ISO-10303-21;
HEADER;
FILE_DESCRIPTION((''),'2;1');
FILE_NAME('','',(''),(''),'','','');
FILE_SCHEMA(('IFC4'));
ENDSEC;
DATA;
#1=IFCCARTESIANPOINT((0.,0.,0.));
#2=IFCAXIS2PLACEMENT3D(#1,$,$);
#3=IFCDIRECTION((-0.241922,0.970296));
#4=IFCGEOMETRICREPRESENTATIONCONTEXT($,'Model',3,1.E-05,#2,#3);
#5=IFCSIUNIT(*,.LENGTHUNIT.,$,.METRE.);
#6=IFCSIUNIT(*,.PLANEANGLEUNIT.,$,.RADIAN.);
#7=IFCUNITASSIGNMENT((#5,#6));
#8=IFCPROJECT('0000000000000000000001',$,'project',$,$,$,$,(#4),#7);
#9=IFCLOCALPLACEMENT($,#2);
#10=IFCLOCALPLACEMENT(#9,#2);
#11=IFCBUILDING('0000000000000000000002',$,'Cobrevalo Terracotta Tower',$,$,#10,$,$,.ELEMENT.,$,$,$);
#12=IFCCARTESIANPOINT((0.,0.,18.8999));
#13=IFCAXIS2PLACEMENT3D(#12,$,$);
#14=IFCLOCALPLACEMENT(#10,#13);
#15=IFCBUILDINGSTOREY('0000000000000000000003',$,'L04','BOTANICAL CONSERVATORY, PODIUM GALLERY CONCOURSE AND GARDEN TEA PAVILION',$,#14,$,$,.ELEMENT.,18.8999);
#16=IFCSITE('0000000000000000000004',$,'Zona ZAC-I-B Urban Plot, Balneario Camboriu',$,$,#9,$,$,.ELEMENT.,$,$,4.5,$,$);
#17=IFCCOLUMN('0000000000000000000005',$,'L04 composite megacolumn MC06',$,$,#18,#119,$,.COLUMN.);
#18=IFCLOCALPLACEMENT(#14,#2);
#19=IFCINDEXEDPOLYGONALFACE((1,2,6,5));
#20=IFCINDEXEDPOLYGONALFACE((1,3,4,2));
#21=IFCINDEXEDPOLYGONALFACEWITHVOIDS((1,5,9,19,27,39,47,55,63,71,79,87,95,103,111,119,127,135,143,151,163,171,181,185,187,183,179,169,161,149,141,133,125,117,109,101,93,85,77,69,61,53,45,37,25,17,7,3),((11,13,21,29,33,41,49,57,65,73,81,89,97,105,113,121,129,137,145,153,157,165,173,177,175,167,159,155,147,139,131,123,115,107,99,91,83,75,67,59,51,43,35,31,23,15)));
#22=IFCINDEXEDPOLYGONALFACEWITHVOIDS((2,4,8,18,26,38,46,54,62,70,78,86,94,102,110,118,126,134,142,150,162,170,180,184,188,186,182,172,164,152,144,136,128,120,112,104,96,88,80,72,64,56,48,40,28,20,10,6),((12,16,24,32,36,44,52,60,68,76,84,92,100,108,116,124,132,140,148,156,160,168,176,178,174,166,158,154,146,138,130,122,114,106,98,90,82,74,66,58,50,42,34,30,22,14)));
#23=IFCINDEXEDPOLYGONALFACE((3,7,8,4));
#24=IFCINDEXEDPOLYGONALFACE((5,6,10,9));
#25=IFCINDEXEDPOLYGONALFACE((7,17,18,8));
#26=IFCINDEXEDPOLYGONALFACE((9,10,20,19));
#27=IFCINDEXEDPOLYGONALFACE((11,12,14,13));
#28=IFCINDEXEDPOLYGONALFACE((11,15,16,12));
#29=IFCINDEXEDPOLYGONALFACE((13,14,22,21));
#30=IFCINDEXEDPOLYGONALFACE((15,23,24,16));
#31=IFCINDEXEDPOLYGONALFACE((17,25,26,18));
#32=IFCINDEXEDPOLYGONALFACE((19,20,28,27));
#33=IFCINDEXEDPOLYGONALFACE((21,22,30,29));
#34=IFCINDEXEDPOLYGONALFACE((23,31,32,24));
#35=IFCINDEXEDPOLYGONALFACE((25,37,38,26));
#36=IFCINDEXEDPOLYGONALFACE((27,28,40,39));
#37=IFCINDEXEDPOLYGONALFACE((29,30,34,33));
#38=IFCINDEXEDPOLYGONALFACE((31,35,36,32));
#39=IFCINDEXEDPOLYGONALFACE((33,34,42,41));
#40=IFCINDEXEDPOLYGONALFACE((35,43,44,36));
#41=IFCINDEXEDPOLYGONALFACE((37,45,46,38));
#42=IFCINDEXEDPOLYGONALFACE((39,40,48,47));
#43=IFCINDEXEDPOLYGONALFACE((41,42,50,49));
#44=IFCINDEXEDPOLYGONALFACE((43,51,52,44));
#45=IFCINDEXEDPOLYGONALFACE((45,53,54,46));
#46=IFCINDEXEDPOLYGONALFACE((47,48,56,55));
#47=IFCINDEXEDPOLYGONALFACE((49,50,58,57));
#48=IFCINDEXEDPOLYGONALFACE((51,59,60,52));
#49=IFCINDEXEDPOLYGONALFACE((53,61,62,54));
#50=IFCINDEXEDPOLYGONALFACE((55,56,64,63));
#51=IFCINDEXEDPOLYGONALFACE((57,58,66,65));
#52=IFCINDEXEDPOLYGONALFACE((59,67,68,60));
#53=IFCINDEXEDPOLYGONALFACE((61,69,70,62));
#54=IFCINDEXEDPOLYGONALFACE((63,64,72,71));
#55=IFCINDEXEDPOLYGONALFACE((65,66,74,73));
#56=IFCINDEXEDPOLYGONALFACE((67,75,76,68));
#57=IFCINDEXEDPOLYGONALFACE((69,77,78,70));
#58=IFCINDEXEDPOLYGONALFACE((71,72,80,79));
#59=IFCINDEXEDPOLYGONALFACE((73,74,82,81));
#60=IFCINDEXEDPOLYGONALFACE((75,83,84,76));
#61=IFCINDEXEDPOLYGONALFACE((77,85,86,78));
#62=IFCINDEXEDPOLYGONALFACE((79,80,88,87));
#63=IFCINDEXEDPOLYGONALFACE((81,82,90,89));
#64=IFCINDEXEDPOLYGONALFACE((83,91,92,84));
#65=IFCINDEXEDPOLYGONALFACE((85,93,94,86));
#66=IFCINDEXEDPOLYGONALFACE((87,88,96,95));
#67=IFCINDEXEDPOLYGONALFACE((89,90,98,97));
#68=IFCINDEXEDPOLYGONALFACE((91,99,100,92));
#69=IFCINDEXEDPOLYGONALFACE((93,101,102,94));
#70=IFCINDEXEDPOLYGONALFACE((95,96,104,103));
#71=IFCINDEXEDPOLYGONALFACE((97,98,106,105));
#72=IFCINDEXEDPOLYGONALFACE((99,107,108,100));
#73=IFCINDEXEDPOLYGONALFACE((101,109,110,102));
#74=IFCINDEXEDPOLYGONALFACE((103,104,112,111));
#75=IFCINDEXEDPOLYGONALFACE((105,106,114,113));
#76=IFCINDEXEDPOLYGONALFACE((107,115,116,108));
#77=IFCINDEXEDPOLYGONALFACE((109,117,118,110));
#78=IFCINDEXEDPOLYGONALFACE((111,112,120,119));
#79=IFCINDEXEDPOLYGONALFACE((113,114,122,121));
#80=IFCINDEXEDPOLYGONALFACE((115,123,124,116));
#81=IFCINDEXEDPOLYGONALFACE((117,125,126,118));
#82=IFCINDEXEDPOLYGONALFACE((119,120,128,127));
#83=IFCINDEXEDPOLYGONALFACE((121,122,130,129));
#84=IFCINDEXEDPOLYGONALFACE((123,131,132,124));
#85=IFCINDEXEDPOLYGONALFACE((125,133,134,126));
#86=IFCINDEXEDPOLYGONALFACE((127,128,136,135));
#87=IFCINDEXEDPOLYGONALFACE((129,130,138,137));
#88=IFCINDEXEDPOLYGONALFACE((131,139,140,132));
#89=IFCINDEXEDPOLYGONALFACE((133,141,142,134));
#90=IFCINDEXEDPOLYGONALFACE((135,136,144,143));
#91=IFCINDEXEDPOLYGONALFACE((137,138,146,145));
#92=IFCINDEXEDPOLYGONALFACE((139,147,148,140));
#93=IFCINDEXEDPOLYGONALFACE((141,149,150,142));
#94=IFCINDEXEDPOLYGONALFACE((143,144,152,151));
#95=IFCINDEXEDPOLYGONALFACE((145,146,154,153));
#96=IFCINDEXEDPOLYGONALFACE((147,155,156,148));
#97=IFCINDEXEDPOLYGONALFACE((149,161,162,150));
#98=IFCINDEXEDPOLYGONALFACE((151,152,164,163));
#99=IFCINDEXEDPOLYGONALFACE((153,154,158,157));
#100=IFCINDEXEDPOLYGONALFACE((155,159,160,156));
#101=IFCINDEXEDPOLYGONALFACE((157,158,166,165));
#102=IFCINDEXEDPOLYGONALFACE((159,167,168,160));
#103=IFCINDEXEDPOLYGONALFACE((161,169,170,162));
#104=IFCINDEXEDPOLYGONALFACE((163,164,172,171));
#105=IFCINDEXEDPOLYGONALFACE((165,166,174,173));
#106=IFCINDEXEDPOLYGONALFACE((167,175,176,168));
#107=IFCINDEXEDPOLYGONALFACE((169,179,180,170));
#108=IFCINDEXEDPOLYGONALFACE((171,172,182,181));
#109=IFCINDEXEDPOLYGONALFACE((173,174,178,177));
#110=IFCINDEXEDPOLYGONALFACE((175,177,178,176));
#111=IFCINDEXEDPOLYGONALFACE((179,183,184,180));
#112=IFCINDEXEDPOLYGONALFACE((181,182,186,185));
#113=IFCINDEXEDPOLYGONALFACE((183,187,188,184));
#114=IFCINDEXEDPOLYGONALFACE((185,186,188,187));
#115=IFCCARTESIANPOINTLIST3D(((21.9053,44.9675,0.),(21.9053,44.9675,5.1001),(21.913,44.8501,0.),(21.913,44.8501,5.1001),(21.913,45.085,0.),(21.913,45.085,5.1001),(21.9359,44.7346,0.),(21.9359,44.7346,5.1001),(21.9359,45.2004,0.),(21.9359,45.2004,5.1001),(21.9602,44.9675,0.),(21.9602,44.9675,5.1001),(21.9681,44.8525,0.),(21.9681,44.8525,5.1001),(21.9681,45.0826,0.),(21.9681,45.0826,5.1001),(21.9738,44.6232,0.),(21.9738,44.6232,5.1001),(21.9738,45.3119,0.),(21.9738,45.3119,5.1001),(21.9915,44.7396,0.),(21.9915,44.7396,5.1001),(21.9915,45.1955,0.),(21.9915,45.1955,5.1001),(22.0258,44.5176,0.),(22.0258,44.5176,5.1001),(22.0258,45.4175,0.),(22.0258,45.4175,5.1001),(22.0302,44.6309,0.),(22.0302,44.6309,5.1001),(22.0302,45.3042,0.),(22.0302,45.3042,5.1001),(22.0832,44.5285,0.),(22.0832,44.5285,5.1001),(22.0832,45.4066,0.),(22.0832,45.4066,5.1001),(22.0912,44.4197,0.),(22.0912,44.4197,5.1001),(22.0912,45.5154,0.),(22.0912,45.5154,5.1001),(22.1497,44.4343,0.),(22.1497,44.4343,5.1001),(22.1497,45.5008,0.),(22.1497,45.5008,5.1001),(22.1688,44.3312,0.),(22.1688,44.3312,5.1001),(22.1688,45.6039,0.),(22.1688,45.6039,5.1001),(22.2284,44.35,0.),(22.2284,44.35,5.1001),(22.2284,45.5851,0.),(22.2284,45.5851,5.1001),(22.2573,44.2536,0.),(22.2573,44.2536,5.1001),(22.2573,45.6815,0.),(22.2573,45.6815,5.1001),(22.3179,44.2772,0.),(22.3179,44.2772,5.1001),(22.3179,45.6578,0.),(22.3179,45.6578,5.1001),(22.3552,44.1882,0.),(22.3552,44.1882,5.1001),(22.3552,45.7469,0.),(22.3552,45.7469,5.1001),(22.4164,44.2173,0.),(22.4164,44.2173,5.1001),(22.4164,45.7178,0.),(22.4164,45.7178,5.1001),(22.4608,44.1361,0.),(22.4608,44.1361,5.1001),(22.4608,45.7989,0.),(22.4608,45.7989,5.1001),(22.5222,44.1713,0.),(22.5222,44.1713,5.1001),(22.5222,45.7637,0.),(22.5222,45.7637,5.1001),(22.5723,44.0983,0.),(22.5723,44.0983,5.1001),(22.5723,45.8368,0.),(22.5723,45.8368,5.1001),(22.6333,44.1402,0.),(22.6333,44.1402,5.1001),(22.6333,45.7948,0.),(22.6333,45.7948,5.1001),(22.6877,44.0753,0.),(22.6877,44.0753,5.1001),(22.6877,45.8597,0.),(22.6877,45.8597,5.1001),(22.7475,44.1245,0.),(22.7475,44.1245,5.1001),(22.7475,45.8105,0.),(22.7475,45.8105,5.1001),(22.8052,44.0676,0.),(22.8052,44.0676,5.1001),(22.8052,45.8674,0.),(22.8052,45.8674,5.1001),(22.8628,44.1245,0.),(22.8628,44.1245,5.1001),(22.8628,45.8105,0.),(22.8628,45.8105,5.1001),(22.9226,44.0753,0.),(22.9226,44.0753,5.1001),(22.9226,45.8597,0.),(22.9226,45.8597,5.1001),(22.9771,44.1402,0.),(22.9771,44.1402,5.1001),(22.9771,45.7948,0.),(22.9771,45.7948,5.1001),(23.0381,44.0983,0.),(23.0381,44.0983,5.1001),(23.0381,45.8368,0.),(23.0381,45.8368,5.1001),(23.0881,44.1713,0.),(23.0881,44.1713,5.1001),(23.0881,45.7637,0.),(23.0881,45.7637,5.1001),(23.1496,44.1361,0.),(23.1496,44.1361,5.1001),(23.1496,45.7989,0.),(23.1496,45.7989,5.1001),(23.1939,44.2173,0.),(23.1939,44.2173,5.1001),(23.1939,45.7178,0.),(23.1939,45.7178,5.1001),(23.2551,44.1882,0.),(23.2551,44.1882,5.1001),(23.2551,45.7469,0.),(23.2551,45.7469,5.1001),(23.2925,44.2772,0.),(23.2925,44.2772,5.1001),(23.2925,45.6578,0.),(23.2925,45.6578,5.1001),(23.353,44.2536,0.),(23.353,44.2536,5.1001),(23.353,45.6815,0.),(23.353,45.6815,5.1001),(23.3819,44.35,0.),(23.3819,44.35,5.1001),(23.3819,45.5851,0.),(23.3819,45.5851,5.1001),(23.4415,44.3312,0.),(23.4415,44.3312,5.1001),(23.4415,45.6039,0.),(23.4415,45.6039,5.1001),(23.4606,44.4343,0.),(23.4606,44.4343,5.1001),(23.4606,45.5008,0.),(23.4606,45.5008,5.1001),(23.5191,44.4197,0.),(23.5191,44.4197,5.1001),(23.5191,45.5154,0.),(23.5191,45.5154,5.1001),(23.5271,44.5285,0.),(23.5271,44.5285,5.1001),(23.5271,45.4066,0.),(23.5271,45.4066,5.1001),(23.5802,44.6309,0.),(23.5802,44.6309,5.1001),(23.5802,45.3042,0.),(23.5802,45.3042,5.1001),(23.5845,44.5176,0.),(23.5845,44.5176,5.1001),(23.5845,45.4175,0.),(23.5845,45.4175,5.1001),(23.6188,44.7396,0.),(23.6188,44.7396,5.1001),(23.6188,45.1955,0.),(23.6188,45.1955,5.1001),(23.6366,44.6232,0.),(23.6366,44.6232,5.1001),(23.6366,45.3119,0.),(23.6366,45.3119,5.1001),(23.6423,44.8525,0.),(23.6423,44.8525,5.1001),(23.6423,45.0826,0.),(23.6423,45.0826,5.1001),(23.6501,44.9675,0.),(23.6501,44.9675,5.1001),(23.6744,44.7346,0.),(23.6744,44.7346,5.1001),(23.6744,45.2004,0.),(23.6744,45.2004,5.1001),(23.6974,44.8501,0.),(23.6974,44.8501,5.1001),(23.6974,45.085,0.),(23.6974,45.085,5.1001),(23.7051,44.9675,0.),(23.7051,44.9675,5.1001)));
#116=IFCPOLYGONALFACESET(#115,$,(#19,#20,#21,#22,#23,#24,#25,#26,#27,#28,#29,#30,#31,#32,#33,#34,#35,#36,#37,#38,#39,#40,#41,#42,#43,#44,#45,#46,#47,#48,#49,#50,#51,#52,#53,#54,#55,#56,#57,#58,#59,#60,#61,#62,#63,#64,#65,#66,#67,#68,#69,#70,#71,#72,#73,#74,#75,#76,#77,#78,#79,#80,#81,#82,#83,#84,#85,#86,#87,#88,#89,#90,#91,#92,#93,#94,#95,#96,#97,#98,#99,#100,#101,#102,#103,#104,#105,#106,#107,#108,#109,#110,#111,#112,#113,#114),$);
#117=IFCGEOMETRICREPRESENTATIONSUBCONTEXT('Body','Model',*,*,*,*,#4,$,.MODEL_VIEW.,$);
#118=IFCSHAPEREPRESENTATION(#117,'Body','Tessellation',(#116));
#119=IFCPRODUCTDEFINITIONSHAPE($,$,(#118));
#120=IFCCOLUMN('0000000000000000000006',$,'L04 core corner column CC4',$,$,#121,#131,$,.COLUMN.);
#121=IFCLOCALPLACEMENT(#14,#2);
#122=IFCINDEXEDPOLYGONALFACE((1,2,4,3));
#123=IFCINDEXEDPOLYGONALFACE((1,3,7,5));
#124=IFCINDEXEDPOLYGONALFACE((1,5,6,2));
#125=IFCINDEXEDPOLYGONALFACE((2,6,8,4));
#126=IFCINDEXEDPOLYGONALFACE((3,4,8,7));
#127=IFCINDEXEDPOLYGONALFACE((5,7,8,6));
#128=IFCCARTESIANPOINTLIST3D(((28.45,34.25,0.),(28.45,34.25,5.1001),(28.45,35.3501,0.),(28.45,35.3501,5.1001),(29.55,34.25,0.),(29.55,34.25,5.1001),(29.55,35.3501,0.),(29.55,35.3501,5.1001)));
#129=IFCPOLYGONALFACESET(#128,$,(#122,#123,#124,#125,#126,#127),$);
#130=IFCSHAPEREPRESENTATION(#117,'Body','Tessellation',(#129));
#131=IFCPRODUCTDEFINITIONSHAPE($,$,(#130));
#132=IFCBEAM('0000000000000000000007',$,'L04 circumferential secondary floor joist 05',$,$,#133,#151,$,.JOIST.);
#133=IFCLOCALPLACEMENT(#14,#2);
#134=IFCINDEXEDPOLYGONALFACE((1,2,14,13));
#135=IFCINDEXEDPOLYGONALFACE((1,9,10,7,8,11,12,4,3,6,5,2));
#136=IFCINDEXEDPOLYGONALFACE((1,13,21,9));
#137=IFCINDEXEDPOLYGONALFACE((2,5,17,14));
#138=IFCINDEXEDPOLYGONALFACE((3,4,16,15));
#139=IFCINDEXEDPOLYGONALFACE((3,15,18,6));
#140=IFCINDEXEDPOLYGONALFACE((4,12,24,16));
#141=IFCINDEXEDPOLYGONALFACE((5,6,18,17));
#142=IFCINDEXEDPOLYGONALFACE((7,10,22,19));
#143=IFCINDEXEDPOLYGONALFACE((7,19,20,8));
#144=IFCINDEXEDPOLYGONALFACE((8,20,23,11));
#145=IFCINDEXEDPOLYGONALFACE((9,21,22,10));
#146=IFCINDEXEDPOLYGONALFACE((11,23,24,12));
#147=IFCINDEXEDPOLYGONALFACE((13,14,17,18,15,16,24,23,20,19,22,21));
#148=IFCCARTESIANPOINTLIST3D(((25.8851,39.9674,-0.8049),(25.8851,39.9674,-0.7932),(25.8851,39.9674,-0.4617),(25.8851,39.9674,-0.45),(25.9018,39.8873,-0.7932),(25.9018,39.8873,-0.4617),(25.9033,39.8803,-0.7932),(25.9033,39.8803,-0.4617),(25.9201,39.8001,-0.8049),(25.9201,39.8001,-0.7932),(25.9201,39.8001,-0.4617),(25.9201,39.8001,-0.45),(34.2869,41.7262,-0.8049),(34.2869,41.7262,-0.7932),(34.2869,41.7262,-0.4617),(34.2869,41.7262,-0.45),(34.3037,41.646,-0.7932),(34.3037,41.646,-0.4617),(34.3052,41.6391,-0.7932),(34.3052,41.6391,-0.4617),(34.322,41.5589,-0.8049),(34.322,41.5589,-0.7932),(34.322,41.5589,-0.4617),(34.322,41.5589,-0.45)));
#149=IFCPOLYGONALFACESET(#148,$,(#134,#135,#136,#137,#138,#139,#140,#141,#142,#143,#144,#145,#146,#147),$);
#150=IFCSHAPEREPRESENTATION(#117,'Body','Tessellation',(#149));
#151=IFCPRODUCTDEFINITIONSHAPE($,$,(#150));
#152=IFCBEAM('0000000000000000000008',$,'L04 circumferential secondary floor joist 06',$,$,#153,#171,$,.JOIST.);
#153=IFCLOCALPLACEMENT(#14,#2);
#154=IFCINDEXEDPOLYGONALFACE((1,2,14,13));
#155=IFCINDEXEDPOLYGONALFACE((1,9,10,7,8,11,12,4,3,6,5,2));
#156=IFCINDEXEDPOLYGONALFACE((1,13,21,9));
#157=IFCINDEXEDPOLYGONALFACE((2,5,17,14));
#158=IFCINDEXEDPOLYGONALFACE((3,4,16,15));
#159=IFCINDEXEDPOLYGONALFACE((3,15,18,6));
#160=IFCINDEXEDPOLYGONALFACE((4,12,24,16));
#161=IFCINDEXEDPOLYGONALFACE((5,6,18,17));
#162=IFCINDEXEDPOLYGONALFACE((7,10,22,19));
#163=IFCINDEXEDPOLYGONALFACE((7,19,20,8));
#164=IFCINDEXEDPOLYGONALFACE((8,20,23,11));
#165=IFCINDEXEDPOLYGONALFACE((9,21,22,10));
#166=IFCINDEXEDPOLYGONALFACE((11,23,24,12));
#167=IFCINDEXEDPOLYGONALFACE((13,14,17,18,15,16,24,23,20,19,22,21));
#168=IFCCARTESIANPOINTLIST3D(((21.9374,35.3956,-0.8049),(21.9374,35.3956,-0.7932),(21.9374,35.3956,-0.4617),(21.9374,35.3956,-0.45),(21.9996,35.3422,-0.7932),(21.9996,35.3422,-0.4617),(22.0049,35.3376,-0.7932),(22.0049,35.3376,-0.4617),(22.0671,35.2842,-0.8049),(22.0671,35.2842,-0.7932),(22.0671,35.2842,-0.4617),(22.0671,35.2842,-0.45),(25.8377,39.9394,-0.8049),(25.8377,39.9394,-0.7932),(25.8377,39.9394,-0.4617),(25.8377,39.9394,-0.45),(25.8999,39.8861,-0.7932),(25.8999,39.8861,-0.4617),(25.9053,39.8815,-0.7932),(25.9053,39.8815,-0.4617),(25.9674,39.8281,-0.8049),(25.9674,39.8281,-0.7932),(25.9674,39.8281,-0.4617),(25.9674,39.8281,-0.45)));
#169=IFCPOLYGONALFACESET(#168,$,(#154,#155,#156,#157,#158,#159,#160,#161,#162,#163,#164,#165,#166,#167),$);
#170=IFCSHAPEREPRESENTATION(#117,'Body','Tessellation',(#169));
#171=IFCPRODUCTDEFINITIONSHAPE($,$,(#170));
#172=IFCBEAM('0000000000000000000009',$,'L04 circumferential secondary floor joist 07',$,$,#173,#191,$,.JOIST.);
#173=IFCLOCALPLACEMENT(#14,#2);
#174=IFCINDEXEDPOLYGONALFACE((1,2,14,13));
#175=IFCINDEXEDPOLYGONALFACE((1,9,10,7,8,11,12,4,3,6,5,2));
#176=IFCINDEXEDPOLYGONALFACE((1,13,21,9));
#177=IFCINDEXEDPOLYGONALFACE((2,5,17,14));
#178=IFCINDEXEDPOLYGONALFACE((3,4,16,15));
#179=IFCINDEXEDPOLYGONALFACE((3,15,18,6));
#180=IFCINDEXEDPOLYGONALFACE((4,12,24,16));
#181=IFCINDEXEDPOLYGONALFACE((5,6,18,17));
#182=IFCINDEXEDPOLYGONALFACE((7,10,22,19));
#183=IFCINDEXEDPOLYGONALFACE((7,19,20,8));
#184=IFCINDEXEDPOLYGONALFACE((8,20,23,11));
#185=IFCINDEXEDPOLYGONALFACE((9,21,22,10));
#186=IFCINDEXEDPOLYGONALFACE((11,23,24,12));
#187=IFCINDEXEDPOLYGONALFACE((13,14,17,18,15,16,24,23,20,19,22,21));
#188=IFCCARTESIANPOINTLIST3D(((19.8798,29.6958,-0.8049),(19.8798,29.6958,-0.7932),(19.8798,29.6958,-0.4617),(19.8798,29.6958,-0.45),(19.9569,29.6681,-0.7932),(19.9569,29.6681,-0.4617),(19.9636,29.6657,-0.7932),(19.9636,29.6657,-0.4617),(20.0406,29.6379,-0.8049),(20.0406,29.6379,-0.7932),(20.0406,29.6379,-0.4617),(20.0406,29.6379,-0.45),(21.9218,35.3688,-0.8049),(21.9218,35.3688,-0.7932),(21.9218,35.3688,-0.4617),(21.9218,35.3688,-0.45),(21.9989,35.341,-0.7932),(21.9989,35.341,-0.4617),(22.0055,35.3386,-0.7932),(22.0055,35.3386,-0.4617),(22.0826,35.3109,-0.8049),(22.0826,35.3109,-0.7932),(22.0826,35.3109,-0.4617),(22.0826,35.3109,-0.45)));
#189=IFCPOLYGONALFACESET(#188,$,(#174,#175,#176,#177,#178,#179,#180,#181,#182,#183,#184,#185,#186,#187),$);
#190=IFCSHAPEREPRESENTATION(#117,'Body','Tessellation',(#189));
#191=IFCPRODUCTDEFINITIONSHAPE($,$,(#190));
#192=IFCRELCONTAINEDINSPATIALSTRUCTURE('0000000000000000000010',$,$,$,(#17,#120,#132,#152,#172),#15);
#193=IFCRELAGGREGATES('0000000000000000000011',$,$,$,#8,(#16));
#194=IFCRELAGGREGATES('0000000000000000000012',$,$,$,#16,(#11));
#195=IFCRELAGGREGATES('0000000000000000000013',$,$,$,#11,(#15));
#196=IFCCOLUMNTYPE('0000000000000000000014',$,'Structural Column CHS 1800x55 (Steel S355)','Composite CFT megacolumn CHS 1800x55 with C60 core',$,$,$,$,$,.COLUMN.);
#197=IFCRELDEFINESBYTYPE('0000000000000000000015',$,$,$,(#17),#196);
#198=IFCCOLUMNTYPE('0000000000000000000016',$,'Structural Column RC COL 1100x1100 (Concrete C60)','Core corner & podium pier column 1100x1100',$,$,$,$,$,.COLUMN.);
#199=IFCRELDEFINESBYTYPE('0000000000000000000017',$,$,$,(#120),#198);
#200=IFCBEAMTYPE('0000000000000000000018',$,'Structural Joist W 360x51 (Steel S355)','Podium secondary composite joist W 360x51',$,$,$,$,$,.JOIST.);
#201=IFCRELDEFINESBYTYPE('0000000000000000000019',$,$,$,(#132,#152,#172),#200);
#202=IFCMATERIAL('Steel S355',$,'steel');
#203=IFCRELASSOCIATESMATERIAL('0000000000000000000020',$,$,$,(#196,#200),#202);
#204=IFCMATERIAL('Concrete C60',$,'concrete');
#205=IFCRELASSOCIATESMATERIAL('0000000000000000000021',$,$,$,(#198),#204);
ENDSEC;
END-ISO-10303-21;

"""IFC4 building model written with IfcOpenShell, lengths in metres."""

from ifc_helpers import new_model, si_unit, direction, frame, origin, origin_2d, place, context, subcontext, project, spatial, rectangle, hollow_circle, i_section, extrude, material, material_profile, profile_set, type_object, element, save


model = new_model("IFC4")

# Units and contexts
model_context = context("Model", 3, precision=1e-05, world=origin(), true_north=direction((-0.241922, 0.970296)))
body_context = subcontext(model_context, "Body", "Model", "MODEL_VIEW")
ifc_project = project(units=[si_unit("LENGTHUNIT", "METRE"), si_unit("PLANEANGLEUNIT", "RADIAN")], contexts=[model_context])

# Site, building, storey
site_placement = place(None, origin())
site = spatial("IfcSite", under=ifc_project, at=site_placement, Name="Zona ZAC-I-B Urban Plot, Balneario Camboriu", CompositionType="ELEMENT", RefElevation=4.5)
building_placement = place(site_placement, origin())
building = spatial("IfcBuilding", under=site, at=building_placement, Name="Cobrevalo Terracotta Tower", CompositionType="ELEMENT")
storey_placement = place(building_placement, frame((0.0, 0.0, 18.8999)))
storey = spatial("IfcBuildingStorey", under=building, at=storey_placement, Name="L04", Description="BOTANICAL CONSERVATORY, PODIUM GALLERY CONCOURSE AND GARDEN TEA PAVILION", CompositionType="ELEMENT", Elevation=18.8999)

# Columns
ifc_material_1 = material(Name="Steel S355", Category="steel")
ifc_material_profile_1 = material_profile(ifc_material_1, hollow_circle(Radius=0.8999, WallThickness=0.0549, at=origin_2d()), Name="CHS 1800x55")
ifc_profile_set_1 = profile_set([ifc_material_profile_1], Name="Steel S355")
column_type_1 = type_object("IfcColumnType", Name="Structural Column CHS 1800x55 (Steel S355)", Description="Composite CFT megacolumn CHS 1800x55 with C60 core", PredefinedType="COLUMN", material=ifc_profile_set_1)
column_1_placement = place(storey_placement, frame((22.8052, 44.9675, 0.0), z_axis=(0.0, 0.0, 1.0), x_axis=(1.0, 0.0, 0.0)))
element("IfcColumn", 1, at=column_1_placement, inside=storey, type_object=column_type_1, Name="L04 composite megacolumn MC06", PredefinedType="COLUMN", context=body_context, shape_type="SweptSolid", body=[
    extrude(hollow_circle(Radius=0.8999, WallThickness=0.0549, at=origin_2d()), origin(), (0.0, 0.0, 1.0), 5.1001),
])
ifc_material_2 = material(Name="Concrete C60", Category="concrete")
ifc_material_profile_2 = material_profile(ifc_material_2, rectangle(XDim=1.1001, YDim=1.1001, at=origin_2d()), Name="RC COL 1100x1100")
ifc_profile_set_2 = profile_set([ifc_material_profile_2], Name="Concrete C60")
column_type_2 = type_object("IfcColumnType", Name="Structural Column RC COL 1100x1100 (Concrete C60)", Description="Core corner & podium pier column 1100x1100", PredefinedType="COLUMN", material=ifc_profile_set_2)
column_2_placement = place(storey_placement, frame((29.0, 34.8, 0.0), z_axis=(0.0, 0.0, 1.0), x_axis=(1.0, 0.0, 0.0)))
element("IfcColumn", 2, at=column_2_placement, inside=storey, type_object=column_type_2, Name="L04 core corner column CC4", PredefinedType="COLUMN", context=body_context, shape_type="SweptSolid", body=[
    extrude(rectangle(XDim=1.1001, YDim=1.1001, at=origin_2d()), origin(), (0.0, 0.0, 1.0), 5.1001),
])

# Beams
ifc_material_profile_3 = material_profile(ifc_material_1, i_section(OverallWidth=0.1709, OverallDepth=0.355, WebThickness=0.0071, FlangeThickness=0.0117, at=origin_2d()), Name="W 360x51")
ifc_profile_set_3 = profile_set([ifc_material_profile_3], Name="Steel S355")
beam_type = type_object("IfcBeamType", Name="Structural Joist W 360x51 (Steel S355)", Description="Podium secondary composite joist W 360x51", PredefinedType="JOIST", material=ifc_profile_set_3)
beam_1_placement = place(storey_placement, frame((34.3044, 41.6426, -0.6274), z_axis=(-0.978785, -0.204892, 0.0), x_axis=(0.204892, -0.978785, 0.0)))
element("IfcBeam", 3, at=beam_1_placement, inside=storey, type_object=beam_type, Name="L04 circumferential secondary floor joist 05", PredefinedType="JOIST", context=body_context, shape_type="SweptSolid", body=[
    extrude(i_section(OverallWidth=0.1709, OverallDepth=0.355, WebThickness=0.0071, FlangeThickness=0.0117, at=origin_2d()), origin(), (0.0, 0.0, 1.0), 8.584),
])
beam_2_placement = place(storey_placement, frame((25.9026, 39.8838, -0.6274), z_axis=(-0.651328, -0.758796, 0.0), x_axis=(0.758796, -0.651328, 0.0)))
element("IfcBeam", 4, at=beam_2_placement, inside=storey, type_object=beam_type, Name="L04 circumferential secondary floor joist 06", PredefinedType="JOIST", context=body_context, shape_type="SweptSolid", body=[
    extrude(i_section(OverallWidth=0.1709, OverallDepth=0.355, WebThickness=0.0071, FlangeThickness=0.0117, at=origin_2d()), origin(), (0.0, 0.0, 1.0), 5.9883),
])
beam_3_placement = place(storey_placement, frame((22.0022, 35.3398, -0.6274), z_axis=(-0.338672, -0.940904, 0.0), x_axis=(0.940904, -0.338672, 0.0)))
element("IfcBeam", 5, at=beam_3_placement, inside=storey, type_object=beam_type, Name="L04 circumferential secondary floor joist 07", PredefinedType="JOIST", context=body_context, shape_type="SweptSolid", body=[
    extrude(i_section(OverallWidth=0.1709, OverallDepth=0.355, WebThickness=0.0071, FlangeThickness=0.0117, at=origin_2d()), origin(), (0.0, 0.0, 1.0), 6.0293),
])

save(model, "model.ifc")
